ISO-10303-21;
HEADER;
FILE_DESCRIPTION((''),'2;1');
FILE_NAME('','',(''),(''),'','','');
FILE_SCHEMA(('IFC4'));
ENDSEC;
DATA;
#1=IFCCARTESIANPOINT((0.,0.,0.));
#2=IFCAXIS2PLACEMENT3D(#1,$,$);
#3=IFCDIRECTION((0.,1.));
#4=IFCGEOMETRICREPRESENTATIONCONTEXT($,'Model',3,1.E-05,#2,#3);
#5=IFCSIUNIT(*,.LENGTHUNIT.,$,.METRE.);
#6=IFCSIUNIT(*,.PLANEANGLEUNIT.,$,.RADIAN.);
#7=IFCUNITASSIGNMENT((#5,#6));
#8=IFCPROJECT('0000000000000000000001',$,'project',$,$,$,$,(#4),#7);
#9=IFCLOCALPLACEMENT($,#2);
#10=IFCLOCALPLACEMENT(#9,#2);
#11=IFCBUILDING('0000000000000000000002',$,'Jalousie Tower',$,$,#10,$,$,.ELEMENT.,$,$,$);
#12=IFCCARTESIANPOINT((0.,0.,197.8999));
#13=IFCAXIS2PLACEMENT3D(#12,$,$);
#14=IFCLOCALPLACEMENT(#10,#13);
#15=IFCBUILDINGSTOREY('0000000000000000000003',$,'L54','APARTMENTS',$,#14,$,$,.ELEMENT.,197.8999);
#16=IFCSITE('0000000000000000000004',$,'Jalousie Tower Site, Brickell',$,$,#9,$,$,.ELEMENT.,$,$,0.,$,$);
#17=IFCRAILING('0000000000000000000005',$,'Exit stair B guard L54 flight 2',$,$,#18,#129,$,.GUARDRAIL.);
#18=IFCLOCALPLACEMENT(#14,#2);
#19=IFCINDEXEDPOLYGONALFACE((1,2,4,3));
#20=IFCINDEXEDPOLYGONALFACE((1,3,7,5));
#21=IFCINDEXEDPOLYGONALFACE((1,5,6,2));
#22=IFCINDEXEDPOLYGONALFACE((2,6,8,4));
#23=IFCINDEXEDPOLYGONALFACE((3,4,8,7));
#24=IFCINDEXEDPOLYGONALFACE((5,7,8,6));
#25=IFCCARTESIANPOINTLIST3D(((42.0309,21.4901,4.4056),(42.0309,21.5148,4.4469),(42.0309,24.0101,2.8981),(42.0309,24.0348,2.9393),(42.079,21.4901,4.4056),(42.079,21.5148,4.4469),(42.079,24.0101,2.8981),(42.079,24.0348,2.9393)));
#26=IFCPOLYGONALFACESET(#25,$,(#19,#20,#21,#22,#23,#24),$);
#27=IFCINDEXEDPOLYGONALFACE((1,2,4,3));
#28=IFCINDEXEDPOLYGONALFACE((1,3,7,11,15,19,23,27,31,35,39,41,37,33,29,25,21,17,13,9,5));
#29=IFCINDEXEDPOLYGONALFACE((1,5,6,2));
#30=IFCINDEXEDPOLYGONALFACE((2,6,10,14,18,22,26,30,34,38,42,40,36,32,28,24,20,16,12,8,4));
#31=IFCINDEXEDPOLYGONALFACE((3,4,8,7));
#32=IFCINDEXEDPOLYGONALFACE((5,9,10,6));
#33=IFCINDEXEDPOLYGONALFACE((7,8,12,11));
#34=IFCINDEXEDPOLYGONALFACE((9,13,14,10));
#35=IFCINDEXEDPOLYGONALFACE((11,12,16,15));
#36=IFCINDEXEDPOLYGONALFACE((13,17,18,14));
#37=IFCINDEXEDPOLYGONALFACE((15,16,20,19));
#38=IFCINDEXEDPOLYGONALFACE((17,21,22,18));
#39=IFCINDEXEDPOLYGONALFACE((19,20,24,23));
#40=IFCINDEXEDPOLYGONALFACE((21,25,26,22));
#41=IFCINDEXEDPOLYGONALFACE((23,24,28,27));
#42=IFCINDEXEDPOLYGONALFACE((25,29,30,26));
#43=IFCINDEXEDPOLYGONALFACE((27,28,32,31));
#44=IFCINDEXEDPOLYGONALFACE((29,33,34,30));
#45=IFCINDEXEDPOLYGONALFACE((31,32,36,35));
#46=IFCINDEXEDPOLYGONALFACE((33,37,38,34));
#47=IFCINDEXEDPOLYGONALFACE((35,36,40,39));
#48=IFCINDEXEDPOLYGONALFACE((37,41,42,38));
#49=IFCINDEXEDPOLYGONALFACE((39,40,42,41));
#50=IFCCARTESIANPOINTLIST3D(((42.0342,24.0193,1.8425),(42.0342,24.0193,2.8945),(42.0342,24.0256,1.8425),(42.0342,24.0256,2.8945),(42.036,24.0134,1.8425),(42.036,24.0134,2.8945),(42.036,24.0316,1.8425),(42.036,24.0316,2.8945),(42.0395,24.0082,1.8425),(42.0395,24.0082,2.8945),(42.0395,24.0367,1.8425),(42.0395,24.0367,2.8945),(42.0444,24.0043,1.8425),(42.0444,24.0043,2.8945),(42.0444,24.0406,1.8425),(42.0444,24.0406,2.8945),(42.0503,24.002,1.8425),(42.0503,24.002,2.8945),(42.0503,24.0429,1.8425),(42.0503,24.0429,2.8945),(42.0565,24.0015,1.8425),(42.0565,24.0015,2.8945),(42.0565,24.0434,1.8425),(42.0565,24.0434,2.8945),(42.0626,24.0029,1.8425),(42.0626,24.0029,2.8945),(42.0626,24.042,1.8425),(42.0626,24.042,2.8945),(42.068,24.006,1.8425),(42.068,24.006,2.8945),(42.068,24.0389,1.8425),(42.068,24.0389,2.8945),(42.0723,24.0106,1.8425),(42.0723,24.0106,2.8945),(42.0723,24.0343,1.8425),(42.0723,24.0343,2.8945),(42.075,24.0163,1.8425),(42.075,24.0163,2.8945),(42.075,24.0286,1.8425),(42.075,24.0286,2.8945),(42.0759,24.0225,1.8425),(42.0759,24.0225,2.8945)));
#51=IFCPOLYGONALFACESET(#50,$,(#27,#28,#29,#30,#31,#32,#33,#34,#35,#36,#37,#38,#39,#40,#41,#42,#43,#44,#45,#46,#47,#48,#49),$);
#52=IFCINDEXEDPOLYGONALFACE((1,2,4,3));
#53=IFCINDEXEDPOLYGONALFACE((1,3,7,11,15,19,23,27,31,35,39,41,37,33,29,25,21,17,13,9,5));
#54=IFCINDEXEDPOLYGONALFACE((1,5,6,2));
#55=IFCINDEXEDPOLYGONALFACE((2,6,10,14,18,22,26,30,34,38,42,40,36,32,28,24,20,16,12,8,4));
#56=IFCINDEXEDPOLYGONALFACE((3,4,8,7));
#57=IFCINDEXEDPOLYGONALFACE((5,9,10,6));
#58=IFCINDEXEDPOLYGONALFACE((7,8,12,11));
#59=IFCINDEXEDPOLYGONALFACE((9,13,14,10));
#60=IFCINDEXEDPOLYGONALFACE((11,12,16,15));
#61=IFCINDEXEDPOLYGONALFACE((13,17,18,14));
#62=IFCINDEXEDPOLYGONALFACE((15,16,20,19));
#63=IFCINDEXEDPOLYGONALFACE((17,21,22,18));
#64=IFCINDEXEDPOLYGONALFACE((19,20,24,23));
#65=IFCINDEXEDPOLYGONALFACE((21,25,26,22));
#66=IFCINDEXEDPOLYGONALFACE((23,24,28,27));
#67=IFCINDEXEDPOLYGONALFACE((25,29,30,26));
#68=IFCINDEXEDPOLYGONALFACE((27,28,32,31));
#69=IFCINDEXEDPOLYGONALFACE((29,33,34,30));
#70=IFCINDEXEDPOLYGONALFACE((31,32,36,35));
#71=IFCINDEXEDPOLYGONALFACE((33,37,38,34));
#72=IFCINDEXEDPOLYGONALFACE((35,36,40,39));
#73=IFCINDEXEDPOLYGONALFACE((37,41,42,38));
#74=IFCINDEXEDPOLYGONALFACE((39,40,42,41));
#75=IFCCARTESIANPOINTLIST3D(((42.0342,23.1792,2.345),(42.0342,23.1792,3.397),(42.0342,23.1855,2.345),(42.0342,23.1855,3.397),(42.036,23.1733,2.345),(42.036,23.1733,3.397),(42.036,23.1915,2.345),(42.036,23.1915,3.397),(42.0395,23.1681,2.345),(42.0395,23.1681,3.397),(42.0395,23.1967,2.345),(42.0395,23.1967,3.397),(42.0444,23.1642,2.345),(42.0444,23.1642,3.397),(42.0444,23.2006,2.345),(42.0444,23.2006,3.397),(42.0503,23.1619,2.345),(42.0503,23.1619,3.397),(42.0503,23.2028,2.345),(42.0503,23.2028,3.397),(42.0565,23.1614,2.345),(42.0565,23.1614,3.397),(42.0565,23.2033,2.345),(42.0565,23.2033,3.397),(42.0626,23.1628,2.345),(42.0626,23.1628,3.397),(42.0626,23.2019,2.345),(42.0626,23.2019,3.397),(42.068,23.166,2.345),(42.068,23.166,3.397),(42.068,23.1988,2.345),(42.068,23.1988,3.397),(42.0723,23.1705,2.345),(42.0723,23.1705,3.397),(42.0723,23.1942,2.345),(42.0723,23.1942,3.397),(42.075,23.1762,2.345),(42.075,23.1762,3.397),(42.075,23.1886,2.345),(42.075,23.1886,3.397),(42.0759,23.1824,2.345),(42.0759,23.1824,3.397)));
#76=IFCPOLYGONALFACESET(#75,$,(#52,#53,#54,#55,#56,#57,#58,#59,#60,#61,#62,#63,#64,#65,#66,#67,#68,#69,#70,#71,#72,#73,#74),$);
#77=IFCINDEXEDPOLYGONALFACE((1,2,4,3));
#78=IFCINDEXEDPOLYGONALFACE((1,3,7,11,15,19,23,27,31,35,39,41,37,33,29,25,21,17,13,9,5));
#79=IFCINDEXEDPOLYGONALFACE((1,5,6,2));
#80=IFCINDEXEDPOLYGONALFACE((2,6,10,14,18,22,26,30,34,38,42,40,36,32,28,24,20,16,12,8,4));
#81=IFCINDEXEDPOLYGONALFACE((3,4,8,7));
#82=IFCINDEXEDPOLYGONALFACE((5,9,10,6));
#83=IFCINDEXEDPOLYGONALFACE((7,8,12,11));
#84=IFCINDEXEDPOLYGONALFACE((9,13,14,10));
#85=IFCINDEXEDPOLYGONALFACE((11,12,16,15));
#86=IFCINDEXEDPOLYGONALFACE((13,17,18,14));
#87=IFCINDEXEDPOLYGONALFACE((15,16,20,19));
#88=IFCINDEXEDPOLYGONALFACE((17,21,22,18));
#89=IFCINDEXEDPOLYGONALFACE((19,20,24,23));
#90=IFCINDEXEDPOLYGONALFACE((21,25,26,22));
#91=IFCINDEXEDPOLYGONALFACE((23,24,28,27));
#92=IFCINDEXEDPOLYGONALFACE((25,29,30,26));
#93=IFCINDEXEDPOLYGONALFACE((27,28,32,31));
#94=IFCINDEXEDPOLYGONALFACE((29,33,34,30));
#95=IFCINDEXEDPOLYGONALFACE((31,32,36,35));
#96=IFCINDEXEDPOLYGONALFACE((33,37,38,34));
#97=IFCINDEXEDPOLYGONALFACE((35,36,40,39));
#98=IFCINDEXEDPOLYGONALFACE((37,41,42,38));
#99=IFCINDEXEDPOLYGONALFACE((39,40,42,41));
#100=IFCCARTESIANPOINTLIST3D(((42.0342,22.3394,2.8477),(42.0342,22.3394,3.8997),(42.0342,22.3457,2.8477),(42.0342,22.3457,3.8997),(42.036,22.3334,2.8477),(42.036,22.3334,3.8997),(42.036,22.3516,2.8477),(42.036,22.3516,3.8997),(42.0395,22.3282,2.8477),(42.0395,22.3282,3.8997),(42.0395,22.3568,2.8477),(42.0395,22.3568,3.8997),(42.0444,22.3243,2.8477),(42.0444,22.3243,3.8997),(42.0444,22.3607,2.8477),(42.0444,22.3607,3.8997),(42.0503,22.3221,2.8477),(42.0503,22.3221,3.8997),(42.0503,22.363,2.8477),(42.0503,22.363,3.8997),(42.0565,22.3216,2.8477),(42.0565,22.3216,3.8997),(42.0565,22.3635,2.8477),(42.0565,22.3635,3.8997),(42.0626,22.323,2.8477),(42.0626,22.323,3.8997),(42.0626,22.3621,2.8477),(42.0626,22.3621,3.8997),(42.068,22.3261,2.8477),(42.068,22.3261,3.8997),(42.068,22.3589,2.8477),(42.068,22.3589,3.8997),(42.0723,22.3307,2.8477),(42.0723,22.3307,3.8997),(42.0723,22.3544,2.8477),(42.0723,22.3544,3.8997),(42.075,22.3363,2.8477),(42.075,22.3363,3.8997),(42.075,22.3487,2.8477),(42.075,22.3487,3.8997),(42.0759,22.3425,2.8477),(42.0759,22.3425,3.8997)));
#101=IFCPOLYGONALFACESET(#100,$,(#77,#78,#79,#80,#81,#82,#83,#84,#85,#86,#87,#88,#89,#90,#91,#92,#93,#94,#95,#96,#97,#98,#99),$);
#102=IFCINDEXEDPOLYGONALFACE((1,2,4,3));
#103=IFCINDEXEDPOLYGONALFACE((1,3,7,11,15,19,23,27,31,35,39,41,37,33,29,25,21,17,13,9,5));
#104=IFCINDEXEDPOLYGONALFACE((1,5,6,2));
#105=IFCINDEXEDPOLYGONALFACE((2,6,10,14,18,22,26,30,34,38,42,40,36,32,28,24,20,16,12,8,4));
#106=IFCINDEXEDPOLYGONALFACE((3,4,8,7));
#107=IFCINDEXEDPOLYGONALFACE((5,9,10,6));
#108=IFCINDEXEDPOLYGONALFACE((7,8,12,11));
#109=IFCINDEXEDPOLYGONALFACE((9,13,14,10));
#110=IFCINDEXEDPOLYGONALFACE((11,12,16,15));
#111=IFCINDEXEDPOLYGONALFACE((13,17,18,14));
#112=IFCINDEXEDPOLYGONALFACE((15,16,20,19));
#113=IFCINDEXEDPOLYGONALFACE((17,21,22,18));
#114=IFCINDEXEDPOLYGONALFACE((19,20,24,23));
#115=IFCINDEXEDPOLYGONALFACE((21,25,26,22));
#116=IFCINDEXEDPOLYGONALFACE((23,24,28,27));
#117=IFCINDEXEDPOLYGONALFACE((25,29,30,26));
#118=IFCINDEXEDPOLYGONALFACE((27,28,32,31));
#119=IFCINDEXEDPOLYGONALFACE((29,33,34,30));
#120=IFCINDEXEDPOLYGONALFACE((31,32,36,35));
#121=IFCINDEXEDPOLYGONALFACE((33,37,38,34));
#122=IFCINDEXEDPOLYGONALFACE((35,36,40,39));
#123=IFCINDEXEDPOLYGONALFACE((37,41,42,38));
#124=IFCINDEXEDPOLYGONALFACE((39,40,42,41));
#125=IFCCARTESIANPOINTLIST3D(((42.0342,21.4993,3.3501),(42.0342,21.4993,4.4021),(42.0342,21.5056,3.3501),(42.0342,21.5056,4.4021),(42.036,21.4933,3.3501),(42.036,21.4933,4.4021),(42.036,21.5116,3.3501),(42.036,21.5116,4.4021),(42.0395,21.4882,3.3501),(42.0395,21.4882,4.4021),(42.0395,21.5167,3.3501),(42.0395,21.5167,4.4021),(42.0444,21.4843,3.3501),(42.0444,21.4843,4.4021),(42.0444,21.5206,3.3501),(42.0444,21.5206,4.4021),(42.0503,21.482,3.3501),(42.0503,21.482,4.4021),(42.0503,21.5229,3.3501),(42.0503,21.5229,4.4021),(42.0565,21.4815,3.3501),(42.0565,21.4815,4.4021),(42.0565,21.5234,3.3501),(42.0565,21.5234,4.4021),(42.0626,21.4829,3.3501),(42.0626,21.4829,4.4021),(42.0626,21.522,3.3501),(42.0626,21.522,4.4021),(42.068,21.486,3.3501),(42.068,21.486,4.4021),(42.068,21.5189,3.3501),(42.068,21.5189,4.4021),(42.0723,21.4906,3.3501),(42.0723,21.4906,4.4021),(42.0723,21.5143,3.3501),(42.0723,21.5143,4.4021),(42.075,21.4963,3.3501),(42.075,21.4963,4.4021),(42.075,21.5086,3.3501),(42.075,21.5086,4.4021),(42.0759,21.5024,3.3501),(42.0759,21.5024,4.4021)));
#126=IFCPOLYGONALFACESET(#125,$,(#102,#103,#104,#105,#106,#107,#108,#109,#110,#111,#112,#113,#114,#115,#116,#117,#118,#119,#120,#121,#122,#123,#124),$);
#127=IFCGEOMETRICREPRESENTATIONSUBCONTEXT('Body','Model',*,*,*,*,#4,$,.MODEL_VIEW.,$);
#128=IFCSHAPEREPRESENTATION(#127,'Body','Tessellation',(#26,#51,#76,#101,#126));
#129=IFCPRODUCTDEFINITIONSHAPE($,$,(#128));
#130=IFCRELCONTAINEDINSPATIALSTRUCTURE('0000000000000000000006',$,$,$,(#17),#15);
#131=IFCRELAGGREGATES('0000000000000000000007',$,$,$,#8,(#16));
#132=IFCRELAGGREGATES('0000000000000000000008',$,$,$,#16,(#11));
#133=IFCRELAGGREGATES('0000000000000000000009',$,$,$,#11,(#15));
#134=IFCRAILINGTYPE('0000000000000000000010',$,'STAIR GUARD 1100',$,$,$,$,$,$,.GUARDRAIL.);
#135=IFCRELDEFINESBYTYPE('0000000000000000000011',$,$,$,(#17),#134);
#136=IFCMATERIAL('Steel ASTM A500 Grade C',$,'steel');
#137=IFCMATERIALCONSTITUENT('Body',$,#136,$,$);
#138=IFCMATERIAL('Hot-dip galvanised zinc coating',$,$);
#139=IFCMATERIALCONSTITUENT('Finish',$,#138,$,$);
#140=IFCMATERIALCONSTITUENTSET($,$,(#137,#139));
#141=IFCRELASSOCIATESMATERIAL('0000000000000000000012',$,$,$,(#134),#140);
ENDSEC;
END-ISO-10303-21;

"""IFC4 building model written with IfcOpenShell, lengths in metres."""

from ifc_helpers import new_model, si_unit, direction, frame, origin, origin_2d, place, context, subcontext, project, spatial, rectangle, circle, extrude, material, constituent, constituent_set, type_object, element, save


model = new_model("IFC4")

# Units and contexts
model_context = context("Model", 3, precision=1e-05, world=origin(), true_north=direction((0.0, 1.0)))
body_context = subcontext(model_context, "Body", "Model", "MODEL_VIEW")
ifc_project = project(units=[si_unit("LENGTHUNIT", "METRE"), si_unit("PLANEANGLEUNIT", "RADIAN")], contexts=[model_context])

# Site, building, storey
site_placement = place(None, origin())
site = spatial("IfcSite", under=ifc_project, at=site_placement, Name="Jalousie Tower Site, Brickell", CompositionType="ELEMENT", RefElevation=0.0)
building_placement = place(site_placement, origin())
building = spatial("IfcBuilding", under=site, at=building_placement, Name="Jalousie Tower", CompositionType="ELEMENT")
storey_placement = place(building_placement, frame((0.0, 0.0, 197.8999)))
storey = spatial("IfcBuildingStorey", under=building, at=storey_placement, Name="L54", Description="APARTMENTS", CompositionType="ELEMENT", Elevation=197.8999)

# Railing
ifc_material_1 = material(Name="Steel ASTM A500 Grade C", Category="steel")
ifc_constituent_1 = constituent(ifc_material_1, Name="Body")
ifc_material_2 = material(Name="Hot-dip galvanised zinc coating")
ifc_constituent_2 = constituent(ifc_material_2, Name="Finish")
ifc_constituent_set_1 = constituent_set(constituents=[ifc_constituent_1, ifc_constituent_2])
railing_type_1 = type_object("IfcRailingType", Name="STAIR GUARD 1100", PredefinedType="GUARDRAIL", material=ifc_constituent_set_1)
railing_1_placement = place(storey_placement, frame((42.0549, 24.0225, 1.8425)))
element("IfcRailing", 1, at=railing_1_placement, inside=storey, type_object=railing_type_1, Name="Exit stair B guard L54 flight 2", PredefinedType="GUARDRAIL", context=body_context, shape_type="SweptSolid", body=[
    extrude(rectangle(XDim=0.0481, YDim=0.0481, at=origin_2d()), frame((0.0, 0.0, 1.0762), z_axis=(0.0, -0.85816, 0.513383), x_axis=(1.0, 0.0, 0.0)), (0.0, 0.0, 1.0), 2.9365),
    extrude(circle(Radius=0.021, at=origin_2d()), origin(), (0.0, 0.0, 1.0), 1.052),
    extrude(circle(Radius=0.021, at=origin_2d()), frame((0.0, -0.8401, 0.5024)), (0.0, 0.0, 1.0), 1.052),
    extrude(circle(Radius=0.021, at=origin_2d()), frame((0.0, -1.6799, 1.0051)), (0.0, 0.0, 1.0), 1.052),
    extrude(circle(Radius=0.021, at=origin_2d()), frame((0.0, -2.52, 1.5076)), (0.0, 0.0, 1.0), 1.052),
])

save(model, "model.ifc")
